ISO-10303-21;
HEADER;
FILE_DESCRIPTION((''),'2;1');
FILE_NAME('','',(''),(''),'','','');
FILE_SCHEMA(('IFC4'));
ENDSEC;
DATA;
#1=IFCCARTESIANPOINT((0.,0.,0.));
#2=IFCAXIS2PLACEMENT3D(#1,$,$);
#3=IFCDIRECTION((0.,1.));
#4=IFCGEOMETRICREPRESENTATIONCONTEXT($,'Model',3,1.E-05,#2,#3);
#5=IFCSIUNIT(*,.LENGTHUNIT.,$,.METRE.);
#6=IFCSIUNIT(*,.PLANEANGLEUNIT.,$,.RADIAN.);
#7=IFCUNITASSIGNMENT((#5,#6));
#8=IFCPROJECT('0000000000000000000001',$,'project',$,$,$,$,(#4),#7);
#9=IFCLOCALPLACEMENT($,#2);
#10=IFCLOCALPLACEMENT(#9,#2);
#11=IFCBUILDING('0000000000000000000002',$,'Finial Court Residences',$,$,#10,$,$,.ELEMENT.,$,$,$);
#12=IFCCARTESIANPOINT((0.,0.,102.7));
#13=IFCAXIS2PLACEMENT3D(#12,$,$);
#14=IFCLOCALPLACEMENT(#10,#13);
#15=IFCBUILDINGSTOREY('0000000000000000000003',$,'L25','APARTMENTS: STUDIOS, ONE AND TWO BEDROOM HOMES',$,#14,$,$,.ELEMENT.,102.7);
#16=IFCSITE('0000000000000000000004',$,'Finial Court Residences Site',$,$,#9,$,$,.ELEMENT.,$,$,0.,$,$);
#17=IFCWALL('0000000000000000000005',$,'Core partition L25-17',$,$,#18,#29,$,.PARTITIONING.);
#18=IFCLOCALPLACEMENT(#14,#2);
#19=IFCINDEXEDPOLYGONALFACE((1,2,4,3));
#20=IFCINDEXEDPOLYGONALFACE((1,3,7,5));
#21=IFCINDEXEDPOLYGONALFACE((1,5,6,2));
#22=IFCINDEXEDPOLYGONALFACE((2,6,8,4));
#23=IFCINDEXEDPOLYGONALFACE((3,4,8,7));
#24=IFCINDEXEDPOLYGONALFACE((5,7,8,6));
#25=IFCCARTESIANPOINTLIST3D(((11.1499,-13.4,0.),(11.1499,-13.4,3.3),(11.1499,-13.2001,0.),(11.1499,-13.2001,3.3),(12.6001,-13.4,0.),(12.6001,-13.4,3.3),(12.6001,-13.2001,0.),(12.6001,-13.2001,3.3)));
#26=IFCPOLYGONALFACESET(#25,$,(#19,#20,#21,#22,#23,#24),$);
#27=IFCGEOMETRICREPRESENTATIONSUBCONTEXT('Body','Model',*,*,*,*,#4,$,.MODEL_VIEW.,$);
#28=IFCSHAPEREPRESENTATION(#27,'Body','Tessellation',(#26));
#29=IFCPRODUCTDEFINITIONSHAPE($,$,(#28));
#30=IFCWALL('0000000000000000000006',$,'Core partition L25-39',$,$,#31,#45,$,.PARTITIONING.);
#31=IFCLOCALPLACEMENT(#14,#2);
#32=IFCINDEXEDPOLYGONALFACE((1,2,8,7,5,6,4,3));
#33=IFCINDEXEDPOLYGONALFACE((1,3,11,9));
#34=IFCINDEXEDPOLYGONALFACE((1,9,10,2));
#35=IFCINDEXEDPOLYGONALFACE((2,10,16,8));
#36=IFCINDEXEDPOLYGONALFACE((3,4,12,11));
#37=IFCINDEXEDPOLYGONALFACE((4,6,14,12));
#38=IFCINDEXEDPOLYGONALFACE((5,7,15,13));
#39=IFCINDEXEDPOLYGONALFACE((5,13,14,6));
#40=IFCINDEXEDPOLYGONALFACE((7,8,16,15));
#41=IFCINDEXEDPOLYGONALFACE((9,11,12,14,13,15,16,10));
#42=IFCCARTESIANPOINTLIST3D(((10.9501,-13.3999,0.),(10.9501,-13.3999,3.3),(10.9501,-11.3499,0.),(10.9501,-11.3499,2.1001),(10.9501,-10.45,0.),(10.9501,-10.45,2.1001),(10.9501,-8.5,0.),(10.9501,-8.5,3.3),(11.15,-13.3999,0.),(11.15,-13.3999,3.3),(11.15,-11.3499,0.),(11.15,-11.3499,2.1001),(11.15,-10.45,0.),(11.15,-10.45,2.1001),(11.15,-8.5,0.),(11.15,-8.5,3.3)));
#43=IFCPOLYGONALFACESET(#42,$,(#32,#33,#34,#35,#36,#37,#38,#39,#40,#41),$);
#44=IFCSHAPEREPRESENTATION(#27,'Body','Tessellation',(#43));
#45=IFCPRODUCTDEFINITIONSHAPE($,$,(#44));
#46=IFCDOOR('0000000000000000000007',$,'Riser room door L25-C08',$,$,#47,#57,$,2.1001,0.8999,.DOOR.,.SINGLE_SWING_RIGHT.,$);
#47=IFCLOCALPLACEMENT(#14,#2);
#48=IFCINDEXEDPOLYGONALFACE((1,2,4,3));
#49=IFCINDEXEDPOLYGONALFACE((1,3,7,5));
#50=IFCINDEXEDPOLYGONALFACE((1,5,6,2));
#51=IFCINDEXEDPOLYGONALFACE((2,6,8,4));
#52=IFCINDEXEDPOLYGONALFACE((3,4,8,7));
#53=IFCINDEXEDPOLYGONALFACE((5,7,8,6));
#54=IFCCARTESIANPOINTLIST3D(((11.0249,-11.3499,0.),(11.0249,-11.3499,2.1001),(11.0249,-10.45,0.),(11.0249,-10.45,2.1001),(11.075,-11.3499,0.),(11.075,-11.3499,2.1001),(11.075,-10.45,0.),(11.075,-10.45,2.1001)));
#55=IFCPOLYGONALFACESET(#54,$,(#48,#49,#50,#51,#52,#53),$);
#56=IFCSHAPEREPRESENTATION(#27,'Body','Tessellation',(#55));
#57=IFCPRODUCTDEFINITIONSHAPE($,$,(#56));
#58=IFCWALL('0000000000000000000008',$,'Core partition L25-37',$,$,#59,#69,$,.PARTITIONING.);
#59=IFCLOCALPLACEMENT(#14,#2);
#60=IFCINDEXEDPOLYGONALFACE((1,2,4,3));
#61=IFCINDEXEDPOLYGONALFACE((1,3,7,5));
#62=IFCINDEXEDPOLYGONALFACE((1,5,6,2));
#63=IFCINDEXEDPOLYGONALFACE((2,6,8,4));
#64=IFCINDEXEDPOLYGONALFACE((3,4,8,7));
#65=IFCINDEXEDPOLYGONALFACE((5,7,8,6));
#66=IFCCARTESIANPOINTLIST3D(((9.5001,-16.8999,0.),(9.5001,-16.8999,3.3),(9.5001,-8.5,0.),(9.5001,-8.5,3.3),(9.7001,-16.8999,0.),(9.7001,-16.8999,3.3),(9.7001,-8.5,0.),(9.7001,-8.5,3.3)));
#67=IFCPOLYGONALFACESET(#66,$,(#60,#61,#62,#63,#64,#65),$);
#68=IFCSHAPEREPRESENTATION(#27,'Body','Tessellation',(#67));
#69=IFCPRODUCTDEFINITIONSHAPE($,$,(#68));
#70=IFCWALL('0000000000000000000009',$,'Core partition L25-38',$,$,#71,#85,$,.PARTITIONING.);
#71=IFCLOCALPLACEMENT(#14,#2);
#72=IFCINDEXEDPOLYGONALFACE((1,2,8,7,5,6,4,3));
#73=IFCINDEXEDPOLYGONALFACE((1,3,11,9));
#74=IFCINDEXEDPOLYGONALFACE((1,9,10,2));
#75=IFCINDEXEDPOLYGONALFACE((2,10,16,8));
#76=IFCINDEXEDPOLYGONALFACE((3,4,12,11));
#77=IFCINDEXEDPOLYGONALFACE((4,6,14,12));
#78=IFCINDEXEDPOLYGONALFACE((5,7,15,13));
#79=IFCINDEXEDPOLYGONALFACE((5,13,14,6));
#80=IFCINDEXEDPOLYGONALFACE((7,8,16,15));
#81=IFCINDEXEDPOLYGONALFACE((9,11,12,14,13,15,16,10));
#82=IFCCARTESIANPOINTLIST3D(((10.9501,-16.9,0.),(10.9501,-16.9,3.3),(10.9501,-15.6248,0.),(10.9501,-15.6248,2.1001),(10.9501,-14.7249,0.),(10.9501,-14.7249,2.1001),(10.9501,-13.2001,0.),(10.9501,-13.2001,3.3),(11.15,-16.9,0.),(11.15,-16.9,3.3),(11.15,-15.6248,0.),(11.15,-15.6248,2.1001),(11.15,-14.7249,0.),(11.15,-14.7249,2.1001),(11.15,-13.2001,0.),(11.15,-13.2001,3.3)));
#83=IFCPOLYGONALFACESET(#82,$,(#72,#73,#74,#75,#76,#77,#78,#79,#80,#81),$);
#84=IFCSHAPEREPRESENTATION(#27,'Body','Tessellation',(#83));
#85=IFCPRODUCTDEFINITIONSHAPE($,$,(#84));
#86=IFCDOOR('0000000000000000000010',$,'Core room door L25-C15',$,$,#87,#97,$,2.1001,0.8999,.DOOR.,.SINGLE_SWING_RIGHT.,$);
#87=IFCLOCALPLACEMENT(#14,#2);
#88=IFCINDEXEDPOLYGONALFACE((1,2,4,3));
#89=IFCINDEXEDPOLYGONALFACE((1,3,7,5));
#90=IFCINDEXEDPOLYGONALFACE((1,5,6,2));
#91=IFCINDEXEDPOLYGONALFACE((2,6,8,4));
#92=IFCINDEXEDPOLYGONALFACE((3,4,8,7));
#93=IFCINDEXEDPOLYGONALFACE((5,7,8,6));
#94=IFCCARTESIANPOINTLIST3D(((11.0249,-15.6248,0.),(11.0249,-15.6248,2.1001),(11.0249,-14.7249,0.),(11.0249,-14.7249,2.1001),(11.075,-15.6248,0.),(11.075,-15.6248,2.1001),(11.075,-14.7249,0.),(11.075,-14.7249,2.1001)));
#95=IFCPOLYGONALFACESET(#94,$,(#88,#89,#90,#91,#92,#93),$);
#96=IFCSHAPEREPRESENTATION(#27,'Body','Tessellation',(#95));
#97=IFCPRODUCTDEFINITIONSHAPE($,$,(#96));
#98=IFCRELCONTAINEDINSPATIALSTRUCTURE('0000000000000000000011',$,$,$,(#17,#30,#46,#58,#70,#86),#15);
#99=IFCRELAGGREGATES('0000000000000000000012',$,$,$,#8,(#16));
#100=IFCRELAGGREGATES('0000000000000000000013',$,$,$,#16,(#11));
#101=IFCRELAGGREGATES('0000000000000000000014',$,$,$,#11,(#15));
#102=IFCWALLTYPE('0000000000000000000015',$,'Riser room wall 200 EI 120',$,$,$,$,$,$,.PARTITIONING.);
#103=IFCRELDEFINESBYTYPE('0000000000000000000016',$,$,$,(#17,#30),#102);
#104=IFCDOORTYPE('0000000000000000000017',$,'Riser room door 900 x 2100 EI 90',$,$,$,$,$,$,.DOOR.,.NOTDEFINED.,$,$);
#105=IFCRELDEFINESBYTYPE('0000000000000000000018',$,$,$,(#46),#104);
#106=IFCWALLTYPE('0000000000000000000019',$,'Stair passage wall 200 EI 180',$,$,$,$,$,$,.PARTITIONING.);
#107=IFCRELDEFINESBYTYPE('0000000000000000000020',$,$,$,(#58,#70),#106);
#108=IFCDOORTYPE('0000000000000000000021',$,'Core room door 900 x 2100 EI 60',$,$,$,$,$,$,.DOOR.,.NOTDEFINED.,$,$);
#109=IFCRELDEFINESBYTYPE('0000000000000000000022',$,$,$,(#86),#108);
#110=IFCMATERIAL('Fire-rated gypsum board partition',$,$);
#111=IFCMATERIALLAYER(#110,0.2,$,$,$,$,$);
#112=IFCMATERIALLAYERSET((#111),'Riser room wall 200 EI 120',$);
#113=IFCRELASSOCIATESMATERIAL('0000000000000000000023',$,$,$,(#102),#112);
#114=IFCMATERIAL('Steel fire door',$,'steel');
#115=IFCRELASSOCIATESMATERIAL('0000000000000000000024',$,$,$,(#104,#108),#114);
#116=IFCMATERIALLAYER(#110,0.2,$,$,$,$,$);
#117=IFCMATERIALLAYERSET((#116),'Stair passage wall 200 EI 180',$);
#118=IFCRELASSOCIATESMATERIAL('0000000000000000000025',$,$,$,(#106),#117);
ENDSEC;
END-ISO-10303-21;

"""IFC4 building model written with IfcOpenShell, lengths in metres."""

from ifc_helpers import new_model, si_unit, direction, frame, frame_2d, origin, place, context, subcontext, project, spatial, rectangle, extrude, material, layer, layer_set, type_object, element, fill, save


model = new_model("IFC4")

# Units and contexts
model_context = context("Model", 3, precision=1e-05, world=origin(), true_north=direction((0.0, 1.0)))
body_context = subcontext(model_context, "Body", "Model", "MODEL_VIEW")
ifc_project = project(units=[si_unit("LENGTHUNIT", "METRE"), si_unit("PLANEANGLEUNIT", "RADIAN")], contexts=[model_context])

# Site, building, storey
site_placement = place(None, origin())
site = spatial("IfcSite", under=ifc_project, at=site_placement, Name="Finial Court Residences Site", CompositionType="ELEMENT", RefElevation=0.0)
building_placement = place(site_placement, origin())
building = spatial("IfcBuilding", under=site, at=building_placement, Name="Finial Court Residences", CompositionType="ELEMENT")
storey_placement = place(building_placement, frame((0.0, 0.0, 102.7)))
storey = spatial("IfcBuildingStorey", under=building, at=storey_placement, Name="L25", Description="APARTMENTS: STUDIOS, ONE AND TWO BEDROOM HOMES", CompositionType="ELEMENT", Elevation=102.7)

# Shared definitions
ifc_material_1 = material(Name="Fire-rated gypsum board partition")
ifc_material_2 = material(Name="Steel fire door", Category="steel")

# Wall
ifc_layer_1 = layer(ifc_material_1, 0.2)
ifc_layer_set_1 = layer_set([ifc_layer_1], Name="Riser room wall 200 EI 120")
wall_type_1 = type_object("IfcWallType", Name="Riser room wall 200 EI 120", PredefinedType="PARTITIONING", material=ifc_layer_set_1)
wall_1_placement = place(storey_placement, frame((11.1499, -13.3, 0.0), z_axis=(0.0, 0.0, 1.0), x_axis=(1.0, 0.0, 0.0)))
element("IfcWall", 1, at=wall_1_placement, inside=storey, type_object=wall_type_1, Name="Core partition L25-17", PredefinedType="PARTITIONING", context=body_context, shape_type="SweptSolid", body=[
    extrude(rectangle(XDim=1.4502, YDim=0.2, at=frame_2d((0.7251, 0.0))), origin(), (0.0, 0.0, 1.0), 3.3),
])

# Wall, opening, door
wall_2_placement = place(storey_placement, frame((11.05, -8.5, 0.0), z_axis=(0.0, 0.0, 1.0), x_axis=(0.0, -1.0, 0.0)))
wall_2 = element("IfcWall", 2, at=wall_2_placement, inside=storey, type_object=wall_type_1, Name="Core partition L25-39", PredefinedType="PARTITIONING", context=body_context, shape_type="SweptSolid", body=[
    extrude(rectangle(XDim=4.8999, YDim=0.2, at=frame_2d((2.45, 0.0))), origin(), (0.0, 0.0, 1.0), 3.3),
])
opening_1_placement = place(wall_2_placement, frame((1.95, 0.0, 0.0)))
opening_1 = element("IfcOpeningElement", 3, at=opening_1_placement, cuts=wall_2, PredefinedType="OPENING", context=body_context, shape_type="SweptSolid", body=[
    extrude(rectangle(XDim=0.8999, YDim=2.1001, at=frame_2d((0.45, 1.05))), frame((0.0, 0.1099, 0.0), z_axis=(0.0, -1.0, 0.0), x_axis=(1.0, 0.0, 0.0)), (0.0, 0.0, 1.0), 0.22),
])
door_type_1 = type_object("IfcDoorType", Name="Riser room door 900 x 2100 EI 90", OperationType="NOTDEFINED", PredefinedType="DOOR", material=ifc_material_2)
door_1_placement = place(opening_1_placement, origin())
door_1 = element("IfcDoor", 4, at=door_1_placement, inside=storey, type_object=door_type_1, Name="Riser room door L25-C08", OperationType="SINGLE_SWING_RIGHT", OverallHeight=2.1001, OverallWidth=0.8999, PredefinedType="DOOR", context=body_context, shape_type="SweptSolid", body=[
    extrude(rectangle(XDim=0.8999, YDim=2.1001, at=frame_2d((0.45, 1.05))), frame((0.0, 0.0249, 0.0), z_axis=(0.0, -1.0, 0.0), x_axis=(1.0, 0.0, 0.0)), (0.0, 0.0, 1.0), 0.05),
])
fill(opening_1, door_1)

# Wall
ifc_layer_2 = layer(ifc_material_1, 0.2)
ifc_layer_set_2 = layer_set([ifc_layer_2], Name="Stair passage wall 200 EI 180")
wall_type_2 = type_object("IfcWallType", Name="Stair passage wall 200 EI 180", PredefinedType="PARTITIONING", material=ifc_layer_set_2)
wall_3_placement = place(storey_placement, frame((9.6001, -16.8999, 0.0), z_axis=(0.0, 0.0, 1.0), x_axis=(0.0, 1.0, 0.0)))
element("IfcWall", 5, at=wall_3_placement, inside=storey, type_object=wall_type_2, Name="Core partition L25-37", PredefinedType="PARTITIONING", context=body_context, shape_type="SweptSolid", body=[
    extrude(rectangle(XDim=8.3999, YDim=0.2, at=frame_2d((4.2, 0.0))), origin(), (0.0, 0.0, 1.0), 3.3),
])

# Wall, opening, door
wall_4_placement = place(storey_placement, frame((11.05, -13.2, 0.0), z_axis=(0.0, 0.0, 1.0), x_axis=(0.0, -1.0, 0.0)))
wall_4 = element("IfcWall", 6, at=wall_4_placement, inside=storey, type_object=wall_type_2, Name="Core partition L25-38", PredefinedType="PARTITIONING", context=body_context, shape_type="SweptSolid", body=[
    extrude(rectangle(XDim=3.7, YDim=0.2, at=frame_2d((1.8501, 0.0))), origin(), (0.0, 0.0, 1.0), 3.3),
])
opening_2_placement = place(wall_4_placement, frame((1.5249, 0.0, 0.0)))
opening_2 = element("IfcOpeningElement", 7, at=opening_2_placement, cuts=wall_4, PredefinedType="OPENING", context=body_context, shape_type="SweptSolid", body=[
    extrude(rectangle(XDim=0.8999, YDim=2.1001, at=frame_2d((0.45, 1.05))), frame((0.0, 0.1099, 0.0), z_axis=(0.0, -1.0, 0.0), x_axis=(1.0, 0.0, 0.0)), (0.0, 0.0, 1.0), 0.22),
])
door_type_2 = type_object("IfcDoorType", Name="Core room door 900 x 2100 EI 60", OperationType="NOTDEFINED", PredefinedType="DOOR", material=ifc_material_2)
door_2_placement = place(opening_2_placement, origin())
door_2 = element("IfcDoor", 8, at=door_2_placement, inside=storey, type_object=door_type_2, Name="Core room door L25-C15", OperationType="SINGLE_SWING_RIGHT", OverallHeight=2.1001, OverallWidth=0.8999, PredefinedType="DOOR", context=body_context, shape_type="SweptSolid", body=[
    extrude(rectangle(XDim=0.8999, YDim=2.1001, at=frame_2d((0.45, 1.05))), frame((0.0, 0.0249, 0.0), z_axis=(0.0, -1.0, 0.0), x_axis=(1.0, 0.0, 0.0)), (0.0, 0.0, 1.0), 0.05),
])
fill(opening_2, door_2)

save(model, "model.ifc")
